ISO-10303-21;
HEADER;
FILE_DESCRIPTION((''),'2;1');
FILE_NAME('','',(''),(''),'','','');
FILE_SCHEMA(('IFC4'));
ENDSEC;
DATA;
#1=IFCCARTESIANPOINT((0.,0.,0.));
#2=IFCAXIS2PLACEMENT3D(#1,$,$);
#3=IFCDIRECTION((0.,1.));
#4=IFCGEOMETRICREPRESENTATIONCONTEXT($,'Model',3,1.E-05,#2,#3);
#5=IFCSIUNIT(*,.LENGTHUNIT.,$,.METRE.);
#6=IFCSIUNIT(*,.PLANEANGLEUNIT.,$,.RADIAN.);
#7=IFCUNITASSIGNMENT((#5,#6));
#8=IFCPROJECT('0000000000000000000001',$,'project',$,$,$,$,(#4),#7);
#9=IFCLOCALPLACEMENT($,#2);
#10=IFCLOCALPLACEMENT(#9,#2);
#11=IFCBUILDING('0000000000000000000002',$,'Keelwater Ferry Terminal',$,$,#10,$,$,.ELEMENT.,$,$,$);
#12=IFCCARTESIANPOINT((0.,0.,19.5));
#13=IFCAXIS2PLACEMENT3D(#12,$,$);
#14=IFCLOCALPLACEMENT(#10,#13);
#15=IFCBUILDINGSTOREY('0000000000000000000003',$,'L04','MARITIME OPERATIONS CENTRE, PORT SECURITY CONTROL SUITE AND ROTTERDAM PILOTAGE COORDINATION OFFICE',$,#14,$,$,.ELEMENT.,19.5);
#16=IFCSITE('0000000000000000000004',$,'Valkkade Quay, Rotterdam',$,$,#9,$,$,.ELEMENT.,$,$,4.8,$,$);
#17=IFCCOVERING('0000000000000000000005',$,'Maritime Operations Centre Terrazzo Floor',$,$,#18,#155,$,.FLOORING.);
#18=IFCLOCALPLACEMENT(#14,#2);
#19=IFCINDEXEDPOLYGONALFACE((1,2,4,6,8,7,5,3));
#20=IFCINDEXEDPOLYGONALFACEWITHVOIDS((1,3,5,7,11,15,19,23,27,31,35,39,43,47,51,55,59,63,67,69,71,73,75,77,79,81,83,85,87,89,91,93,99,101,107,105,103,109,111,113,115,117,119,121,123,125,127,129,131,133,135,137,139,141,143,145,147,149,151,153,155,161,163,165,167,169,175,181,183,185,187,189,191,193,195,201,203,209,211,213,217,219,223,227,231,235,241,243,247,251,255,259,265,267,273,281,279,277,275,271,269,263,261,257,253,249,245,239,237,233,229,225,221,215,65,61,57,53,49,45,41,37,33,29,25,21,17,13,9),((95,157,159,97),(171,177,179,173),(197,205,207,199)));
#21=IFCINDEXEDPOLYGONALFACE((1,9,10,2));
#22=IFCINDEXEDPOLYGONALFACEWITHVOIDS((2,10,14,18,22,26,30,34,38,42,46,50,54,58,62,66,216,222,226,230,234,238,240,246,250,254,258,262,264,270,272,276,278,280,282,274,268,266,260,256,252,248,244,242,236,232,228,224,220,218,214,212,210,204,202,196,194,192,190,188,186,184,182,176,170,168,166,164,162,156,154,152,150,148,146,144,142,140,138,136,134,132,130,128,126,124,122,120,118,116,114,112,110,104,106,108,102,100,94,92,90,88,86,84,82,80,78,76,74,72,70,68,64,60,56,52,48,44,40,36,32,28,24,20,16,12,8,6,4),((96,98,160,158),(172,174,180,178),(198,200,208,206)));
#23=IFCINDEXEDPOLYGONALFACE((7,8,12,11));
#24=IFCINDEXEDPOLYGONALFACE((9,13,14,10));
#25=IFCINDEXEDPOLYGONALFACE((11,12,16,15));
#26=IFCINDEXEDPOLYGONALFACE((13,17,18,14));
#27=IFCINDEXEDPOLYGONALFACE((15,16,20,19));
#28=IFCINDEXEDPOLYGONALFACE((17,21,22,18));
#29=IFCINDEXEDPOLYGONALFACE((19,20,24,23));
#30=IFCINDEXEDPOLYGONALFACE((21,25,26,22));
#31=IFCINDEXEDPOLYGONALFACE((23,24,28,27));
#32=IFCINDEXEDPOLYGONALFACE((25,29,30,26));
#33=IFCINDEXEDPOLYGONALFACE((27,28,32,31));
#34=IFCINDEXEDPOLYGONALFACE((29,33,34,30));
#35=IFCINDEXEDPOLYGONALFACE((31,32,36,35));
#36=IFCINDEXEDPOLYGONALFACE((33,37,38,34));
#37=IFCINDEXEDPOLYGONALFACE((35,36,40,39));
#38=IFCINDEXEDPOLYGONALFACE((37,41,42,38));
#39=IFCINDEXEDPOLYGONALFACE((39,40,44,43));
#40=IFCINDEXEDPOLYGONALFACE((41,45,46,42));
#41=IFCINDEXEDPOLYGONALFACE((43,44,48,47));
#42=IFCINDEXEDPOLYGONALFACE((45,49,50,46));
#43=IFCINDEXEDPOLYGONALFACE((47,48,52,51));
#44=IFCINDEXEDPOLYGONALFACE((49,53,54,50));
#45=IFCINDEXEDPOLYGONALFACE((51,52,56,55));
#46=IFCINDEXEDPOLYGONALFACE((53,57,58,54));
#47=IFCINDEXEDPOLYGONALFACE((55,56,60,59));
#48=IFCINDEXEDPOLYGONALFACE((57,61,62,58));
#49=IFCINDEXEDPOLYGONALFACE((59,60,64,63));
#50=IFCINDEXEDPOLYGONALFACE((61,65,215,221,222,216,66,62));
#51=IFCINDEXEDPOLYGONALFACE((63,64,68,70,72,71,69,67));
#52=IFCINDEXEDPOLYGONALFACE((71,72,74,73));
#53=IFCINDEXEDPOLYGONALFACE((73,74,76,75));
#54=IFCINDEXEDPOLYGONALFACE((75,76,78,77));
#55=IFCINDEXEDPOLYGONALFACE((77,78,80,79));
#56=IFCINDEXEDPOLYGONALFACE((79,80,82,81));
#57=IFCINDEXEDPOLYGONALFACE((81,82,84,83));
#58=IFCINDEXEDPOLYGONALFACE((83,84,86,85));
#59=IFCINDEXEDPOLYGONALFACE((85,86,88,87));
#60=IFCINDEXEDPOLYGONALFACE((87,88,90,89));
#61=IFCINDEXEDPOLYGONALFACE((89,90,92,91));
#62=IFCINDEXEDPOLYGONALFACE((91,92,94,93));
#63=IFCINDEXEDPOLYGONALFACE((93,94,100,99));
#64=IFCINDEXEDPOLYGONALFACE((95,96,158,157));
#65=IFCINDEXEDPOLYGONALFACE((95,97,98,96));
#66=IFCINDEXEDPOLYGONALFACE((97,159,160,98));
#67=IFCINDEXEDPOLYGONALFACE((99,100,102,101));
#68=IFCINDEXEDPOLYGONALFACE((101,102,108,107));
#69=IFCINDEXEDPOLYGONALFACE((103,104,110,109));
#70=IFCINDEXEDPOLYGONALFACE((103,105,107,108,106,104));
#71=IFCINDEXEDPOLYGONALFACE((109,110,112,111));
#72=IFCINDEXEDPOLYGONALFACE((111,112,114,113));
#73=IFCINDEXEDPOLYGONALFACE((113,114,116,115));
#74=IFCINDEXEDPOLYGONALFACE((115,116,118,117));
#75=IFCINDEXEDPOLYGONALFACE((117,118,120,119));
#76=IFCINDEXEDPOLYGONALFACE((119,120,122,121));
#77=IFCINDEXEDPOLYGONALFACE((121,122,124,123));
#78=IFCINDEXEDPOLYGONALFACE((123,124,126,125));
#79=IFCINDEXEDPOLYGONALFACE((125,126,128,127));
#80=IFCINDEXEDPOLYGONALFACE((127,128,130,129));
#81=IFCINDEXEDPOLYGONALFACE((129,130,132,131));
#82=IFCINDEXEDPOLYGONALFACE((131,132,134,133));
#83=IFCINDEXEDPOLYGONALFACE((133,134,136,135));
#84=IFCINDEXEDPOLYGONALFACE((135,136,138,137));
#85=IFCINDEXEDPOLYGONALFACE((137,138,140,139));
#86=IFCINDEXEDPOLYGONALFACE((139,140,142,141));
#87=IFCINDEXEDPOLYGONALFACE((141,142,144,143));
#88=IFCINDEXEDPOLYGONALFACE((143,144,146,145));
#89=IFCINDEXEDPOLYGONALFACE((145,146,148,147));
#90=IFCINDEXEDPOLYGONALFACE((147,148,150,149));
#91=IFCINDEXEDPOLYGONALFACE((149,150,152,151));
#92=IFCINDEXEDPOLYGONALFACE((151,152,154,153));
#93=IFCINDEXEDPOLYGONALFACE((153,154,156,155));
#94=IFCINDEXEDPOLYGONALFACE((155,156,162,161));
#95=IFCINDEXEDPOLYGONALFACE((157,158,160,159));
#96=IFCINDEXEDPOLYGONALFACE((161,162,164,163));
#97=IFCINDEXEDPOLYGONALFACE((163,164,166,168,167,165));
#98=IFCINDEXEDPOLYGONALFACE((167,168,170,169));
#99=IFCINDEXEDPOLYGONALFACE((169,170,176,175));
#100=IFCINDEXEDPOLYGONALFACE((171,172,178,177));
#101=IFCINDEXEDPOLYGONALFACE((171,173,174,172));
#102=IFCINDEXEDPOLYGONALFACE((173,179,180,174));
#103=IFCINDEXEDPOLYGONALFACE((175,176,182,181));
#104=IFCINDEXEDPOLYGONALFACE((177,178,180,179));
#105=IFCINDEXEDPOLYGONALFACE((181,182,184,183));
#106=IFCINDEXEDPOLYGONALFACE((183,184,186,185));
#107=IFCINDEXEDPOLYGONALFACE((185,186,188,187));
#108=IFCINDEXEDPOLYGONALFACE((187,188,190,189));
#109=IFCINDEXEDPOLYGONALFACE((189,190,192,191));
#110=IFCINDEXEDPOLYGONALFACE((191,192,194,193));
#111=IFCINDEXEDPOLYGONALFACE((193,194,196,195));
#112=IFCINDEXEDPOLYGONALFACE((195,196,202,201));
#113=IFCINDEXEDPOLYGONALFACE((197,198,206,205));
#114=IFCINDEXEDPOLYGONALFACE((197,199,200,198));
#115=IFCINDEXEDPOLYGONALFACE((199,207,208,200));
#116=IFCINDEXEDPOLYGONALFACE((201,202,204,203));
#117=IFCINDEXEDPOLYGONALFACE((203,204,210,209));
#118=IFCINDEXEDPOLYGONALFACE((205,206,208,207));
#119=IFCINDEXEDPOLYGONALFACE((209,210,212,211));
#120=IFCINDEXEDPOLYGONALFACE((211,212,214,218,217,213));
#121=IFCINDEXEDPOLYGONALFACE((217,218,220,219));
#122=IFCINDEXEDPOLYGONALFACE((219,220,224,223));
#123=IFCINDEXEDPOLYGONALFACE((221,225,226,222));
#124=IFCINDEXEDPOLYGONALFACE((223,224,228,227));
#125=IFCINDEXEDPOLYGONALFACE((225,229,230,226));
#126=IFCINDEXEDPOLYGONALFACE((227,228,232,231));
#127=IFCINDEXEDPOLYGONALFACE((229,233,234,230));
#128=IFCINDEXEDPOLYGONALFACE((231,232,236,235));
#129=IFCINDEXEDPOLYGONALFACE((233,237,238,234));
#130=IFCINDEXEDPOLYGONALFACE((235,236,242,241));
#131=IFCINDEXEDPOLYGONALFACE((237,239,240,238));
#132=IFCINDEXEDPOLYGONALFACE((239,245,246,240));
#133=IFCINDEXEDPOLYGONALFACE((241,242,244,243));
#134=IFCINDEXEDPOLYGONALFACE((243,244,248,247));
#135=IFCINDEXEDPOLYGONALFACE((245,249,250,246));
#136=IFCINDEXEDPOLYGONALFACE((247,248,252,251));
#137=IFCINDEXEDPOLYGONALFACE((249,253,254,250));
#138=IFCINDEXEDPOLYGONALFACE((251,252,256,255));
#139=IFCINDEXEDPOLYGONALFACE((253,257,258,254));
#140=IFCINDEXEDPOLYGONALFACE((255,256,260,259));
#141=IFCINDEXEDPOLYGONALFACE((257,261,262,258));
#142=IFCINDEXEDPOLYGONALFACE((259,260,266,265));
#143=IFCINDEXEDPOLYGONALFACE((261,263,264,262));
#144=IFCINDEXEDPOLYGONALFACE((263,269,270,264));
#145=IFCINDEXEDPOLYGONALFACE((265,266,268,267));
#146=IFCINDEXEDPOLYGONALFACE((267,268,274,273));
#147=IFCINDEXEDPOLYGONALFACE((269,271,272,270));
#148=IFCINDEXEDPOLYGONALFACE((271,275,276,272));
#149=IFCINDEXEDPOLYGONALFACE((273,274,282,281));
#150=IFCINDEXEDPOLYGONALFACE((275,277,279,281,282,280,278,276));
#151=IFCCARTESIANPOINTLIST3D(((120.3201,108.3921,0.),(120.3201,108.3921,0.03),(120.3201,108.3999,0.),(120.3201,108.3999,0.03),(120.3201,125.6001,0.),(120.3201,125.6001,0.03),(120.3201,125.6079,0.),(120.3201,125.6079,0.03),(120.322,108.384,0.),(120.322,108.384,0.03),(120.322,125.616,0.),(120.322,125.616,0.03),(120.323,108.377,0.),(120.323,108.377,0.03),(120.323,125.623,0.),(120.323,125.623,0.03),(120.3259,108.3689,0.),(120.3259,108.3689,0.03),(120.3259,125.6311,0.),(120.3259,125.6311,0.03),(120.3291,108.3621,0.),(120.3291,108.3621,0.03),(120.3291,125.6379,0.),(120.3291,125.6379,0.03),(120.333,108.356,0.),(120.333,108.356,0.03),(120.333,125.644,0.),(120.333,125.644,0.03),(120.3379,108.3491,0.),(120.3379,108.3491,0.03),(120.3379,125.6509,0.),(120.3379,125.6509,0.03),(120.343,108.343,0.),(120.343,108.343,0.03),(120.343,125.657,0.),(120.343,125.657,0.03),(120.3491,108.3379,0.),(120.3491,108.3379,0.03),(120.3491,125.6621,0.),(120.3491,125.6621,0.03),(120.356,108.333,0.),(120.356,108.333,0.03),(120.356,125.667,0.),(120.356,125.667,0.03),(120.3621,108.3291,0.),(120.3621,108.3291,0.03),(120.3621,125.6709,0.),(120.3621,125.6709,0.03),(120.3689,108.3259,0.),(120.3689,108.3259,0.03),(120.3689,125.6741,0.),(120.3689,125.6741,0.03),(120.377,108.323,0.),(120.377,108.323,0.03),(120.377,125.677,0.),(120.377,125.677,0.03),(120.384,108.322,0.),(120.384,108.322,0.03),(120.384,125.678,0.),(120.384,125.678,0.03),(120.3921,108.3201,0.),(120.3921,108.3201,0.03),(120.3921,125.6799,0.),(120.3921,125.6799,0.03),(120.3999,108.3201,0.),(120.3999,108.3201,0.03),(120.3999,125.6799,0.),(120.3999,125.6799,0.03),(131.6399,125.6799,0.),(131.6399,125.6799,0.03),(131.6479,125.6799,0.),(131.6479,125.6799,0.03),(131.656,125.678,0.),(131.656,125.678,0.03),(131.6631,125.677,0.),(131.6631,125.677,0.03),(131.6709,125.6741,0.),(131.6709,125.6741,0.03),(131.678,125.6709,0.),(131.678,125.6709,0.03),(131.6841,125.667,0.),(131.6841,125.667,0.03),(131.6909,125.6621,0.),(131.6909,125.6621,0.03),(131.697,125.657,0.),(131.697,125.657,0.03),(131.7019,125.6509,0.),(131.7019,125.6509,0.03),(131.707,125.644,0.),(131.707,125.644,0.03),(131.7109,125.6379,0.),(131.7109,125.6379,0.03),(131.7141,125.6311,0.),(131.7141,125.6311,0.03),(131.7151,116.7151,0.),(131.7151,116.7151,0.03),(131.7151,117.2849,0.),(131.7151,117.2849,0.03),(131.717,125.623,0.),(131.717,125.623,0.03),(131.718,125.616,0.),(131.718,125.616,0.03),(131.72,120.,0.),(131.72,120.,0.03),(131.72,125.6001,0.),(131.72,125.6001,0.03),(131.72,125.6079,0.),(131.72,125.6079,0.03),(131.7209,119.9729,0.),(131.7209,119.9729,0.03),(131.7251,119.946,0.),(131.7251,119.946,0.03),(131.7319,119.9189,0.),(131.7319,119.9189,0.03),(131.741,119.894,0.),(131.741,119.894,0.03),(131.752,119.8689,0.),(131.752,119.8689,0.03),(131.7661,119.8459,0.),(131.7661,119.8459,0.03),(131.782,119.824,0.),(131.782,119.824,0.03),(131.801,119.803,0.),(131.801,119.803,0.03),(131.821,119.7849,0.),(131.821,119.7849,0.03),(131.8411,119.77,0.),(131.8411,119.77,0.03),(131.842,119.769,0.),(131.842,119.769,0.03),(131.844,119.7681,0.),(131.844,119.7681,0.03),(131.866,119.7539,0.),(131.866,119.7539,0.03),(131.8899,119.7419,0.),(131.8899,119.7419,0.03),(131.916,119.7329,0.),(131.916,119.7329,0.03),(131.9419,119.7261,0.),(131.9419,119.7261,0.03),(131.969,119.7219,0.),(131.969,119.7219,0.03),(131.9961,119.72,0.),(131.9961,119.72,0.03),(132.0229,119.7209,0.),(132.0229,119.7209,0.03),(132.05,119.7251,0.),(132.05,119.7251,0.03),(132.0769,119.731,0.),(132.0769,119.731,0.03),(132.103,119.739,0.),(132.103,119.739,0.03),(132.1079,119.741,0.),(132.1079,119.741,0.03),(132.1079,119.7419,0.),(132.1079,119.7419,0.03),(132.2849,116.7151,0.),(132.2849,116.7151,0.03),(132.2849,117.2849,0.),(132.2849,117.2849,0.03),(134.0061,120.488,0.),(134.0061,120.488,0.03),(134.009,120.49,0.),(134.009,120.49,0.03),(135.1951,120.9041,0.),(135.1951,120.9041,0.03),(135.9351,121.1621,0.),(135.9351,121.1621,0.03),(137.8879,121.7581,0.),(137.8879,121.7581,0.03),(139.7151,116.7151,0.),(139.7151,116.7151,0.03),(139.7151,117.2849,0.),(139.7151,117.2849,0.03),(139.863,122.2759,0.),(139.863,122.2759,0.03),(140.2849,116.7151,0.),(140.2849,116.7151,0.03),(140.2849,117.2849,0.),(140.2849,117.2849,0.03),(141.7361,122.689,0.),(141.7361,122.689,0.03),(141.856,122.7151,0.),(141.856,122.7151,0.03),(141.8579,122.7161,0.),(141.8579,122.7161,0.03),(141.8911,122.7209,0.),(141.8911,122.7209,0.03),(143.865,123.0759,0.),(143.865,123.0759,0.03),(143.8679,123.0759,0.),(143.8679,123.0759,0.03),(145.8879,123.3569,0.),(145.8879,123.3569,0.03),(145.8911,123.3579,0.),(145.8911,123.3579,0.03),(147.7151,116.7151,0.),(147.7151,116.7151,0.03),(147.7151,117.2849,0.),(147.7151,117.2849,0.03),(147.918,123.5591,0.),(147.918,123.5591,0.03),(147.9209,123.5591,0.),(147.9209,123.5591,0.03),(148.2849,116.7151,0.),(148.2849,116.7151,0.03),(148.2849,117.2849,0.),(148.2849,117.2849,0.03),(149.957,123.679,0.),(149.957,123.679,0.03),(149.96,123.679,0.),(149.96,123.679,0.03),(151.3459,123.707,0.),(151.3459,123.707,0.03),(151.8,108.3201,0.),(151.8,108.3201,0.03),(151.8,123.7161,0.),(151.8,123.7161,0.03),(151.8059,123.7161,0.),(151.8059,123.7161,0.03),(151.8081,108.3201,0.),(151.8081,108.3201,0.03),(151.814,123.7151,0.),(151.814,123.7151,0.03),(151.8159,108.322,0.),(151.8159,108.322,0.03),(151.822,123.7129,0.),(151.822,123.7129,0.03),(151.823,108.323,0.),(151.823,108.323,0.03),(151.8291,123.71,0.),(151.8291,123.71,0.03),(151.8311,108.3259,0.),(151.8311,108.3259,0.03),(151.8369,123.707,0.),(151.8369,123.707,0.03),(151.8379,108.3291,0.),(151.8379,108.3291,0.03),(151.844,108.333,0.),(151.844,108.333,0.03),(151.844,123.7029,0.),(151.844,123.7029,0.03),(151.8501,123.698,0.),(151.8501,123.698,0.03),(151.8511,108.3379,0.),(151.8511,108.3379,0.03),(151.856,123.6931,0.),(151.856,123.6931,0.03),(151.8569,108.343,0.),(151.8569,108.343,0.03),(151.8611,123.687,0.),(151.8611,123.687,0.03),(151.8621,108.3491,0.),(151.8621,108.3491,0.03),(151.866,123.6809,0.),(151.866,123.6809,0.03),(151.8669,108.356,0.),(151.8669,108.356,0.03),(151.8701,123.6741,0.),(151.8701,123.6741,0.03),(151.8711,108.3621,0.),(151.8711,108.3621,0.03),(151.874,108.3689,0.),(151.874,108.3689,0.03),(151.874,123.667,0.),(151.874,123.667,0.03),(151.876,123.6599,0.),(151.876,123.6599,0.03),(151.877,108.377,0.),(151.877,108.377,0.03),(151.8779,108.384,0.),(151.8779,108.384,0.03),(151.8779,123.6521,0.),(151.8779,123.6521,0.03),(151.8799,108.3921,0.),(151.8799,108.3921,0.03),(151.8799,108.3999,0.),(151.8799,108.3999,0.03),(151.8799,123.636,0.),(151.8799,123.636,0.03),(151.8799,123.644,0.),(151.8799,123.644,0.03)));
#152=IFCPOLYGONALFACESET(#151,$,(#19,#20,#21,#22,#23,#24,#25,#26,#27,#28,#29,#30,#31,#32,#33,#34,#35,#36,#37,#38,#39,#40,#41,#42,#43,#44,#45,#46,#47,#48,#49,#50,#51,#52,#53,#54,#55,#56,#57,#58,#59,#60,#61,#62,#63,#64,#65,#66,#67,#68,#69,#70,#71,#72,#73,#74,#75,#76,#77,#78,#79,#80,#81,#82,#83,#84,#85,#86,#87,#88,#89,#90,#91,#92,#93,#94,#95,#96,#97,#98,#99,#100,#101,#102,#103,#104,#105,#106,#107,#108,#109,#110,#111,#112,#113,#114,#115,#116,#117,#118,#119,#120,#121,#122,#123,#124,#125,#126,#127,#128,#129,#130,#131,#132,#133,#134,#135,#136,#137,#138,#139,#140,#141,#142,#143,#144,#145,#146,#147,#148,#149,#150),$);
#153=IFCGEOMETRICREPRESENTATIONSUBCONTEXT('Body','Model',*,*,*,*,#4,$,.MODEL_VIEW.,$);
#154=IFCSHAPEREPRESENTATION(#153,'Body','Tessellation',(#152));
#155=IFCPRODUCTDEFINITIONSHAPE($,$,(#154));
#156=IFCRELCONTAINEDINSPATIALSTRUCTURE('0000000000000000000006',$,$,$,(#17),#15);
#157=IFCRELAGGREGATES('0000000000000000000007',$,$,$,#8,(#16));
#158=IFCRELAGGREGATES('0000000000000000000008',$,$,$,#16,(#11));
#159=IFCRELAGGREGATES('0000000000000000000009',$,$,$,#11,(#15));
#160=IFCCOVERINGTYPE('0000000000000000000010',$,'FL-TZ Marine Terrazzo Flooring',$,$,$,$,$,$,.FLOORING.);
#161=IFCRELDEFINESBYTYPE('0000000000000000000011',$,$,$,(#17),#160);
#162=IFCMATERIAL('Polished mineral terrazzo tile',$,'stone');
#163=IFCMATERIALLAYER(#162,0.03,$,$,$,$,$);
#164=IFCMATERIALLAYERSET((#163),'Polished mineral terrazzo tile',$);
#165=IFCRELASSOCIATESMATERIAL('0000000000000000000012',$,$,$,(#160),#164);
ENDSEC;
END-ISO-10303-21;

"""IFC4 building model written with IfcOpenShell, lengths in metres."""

from ifc_helpers import new_model, si_unit, direction, frame, origin, place, context, subcontext, project, spatial, polyline, outline, extrude, material, layer, layer_set, type_object, element, save


model = new_model("IFC4")

# Units and contexts
model_context = context("Model", 3, precision=1e-05, world=origin(), true_north=direction((0.0, 1.0)))
body_context = subcontext(model_context, "Body", "Model", "MODEL_VIEW")
ifc_project = project(units=[si_unit("LENGTHUNIT", "METRE"), si_unit("PLANEANGLEUNIT", "RADIAN")], contexts=[model_context])

# Site, building, storey
site_placement = place(None, origin())
site = spatial("IfcSite", under=ifc_project, at=site_placement, Name="Valkkade Quay, Rotterdam", CompositionType="ELEMENT", RefElevation=4.8)
building_placement = place(site_placement, origin())
building = spatial("IfcBuilding", under=site, at=building_placement, Name="Keelwater Ferry Terminal", CompositionType="ELEMENT")
storey_placement = place(building_placement, frame((0.0, 0.0, 19.5)))
storey = spatial("IfcBuildingStorey", under=building, at=storey_placement, Name="L04", Description="MARITIME OPERATIONS CENTRE, PORT SECURITY CONTROL SUITE AND ROTTERDAM PILOTAGE COORDINATION OFFICE", CompositionType="ELEMENT", Elevation=19.5)

# Covering
ifc_material_1 = material(Name="Polished mineral terrazzo tile", Category="stone")
ifc_layer_1 = layer(ifc_material_1, 0.03)
ifc_layer_set_1 = layer_set([ifc_layer_1], Name="Polished mineral terrazzo tile")
covering_type_1 = type_object("IfcCoveringType", Name="FL-TZ Marine Terrazzo Flooring", PredefinedType="FLOORING", material=ifc_layer_set_1)
covering_1_placement = place(storey_placement, origin())
element("IfcCovering", 1, at=covering_1_placement, inside=storey, type_object=covering_type_1, Name="Maritime Operations Centre Terrazzo Floor", PredefinedType="FLOORING", context=body_context, shape_type="SweptSolid", body=[
    extrude(outline(polyline([(131.656, 125.678), (131.6631, 125.677), (131.6709, 125.6741), (131.678, 125.6709), (131.6841, 125.667), (131.6909, 125.6621), (131.697, 125.657), (131.7019, 125.6509), (131.707, 125.644), (131.7109, 125.6379), (131.7141, 125.6311), (131.717, 125.623), (131.718, 125.616), (131.72, 125.6079), (131.72, 125.6001), (131.72, 125.6001), (131.72, 120.0), (131.7209, 119.9729), (131.7251, 119.946), (131.7319, 119.9189), (131.741, 119.894), (131.752, 119.8689), (131.7661, 119.8459), (131.782, 119.824), (131.801, 119.803), (131.821, 119.7849), (131.8411, 119.77), (131.842, 119.769), (131.844, 119.7681), (131.866, 119.7539), (131.8899, 119.7419), (131.916, 119.7329), (131.9419, 119.7261), (131.969, 119.7219), (131.9961, 119.72), (132.0229, 119.7209), (132.05, 119.7251), (132.0769, 119.731), (132.103, 119.739), (132.1079, 119.741), (132.1079, 119.7419), (134.0061, 120.488), (134.009, 120.49), (135.1951, 120.9041), (135.9351, 121.1621), (137.8879, 121.7581), (139.863, 122.2759), (141.7361, 122.689), (141.856, 122.7151), (141.8579, 122.7161), (141.8911, 122.7209), (143.865, 123.0759), (143.8679, 123.0759), (145.8879, 123.3569), (145.8911, 123.3579), (147.918, 123.5591), (147.9209, 123.5591), (149.957, 123.679), (149.96, 123.679), (151.3459, 123.707), (151.8, 123.7161), (151.8059, 123.7161), (151.814, 123.7151), (151.822, 123.7129), (151.8291, 123.71), (151.8369, 123.707), (151.844, 123.7029), (151.8501, 123.698), (151.856, 123.6931), (151.8611, 123.687), (151.866, 123.6809), (151.8701, 123.6741), (151.874, 123.667), (151.876, 123.6599), (151.8779, 123.6521), (151.8799, 123.644), (151.8799, 123.636), (151.8799, 108.3999), (151.8799, 108.3921), (151.8779, 108.384), (151.877, 108.377), (151.874, 108.3689), (151.8711, 108.3621), (151.8669, 108.356), (151.8621, 108.3491), (151.8569, 108.343), (151.8511, 108.3379), (151.844, 108.333), (151.8379, 108.3291), (151.8311, 108.3259), (151.823, 108.323), (151.8159, 108.322), (151.8081, 108.3201), (151.8, 108.3201), (120.3999, 108.3201), (120.3921, 108.3201), (120.384, 108.322), (120.377, 108.323), (120.3689, 108.3259), (120.3621, 108.3291), (120.356, 108.333), (120.3491, 108.3379), (120.343, 108.343), (120.3379, 108.3491), (120.333, 108.356), (120.3291, 108.3621), (120.3259, 108.3689), (120.323, 108.377), (120.322, 108.384), (120.3201, 108.3921), (120.3201, 108.3999), (120.3201, 125.6001), (120.3201, 125.6079), (120.322, 125.616), (120.323, 125.623), (120.3259, 125.6311), (120.3291, 125.6379), (120.333, 125.644), (120.3379, 125.6509), (120.343, 125.657), (120.3491, 125.6621), (120.356, 125.667), (120.3621, 125.6709), (120.3689, 125.6741), (120.377, 125.677), (120.384, 125.678), (120.3921, 125.6799), (120.3999, 125.6799), (131.6399, 125.6799), (131.6479, 125.6799), (131.656, 125.678)]), holes=[polyline([(132.2849, 116.7151), (132.2849, 117.2849), (131.7151, 117.2849), (131.7151, 116.7151), (132.2849, 116.7151)]), polyline([(139.7151, 116.7151), (140.2849, 116.7151), (140.2849, 117.2849), (139.7151, 117.2849), (139.7151, 116.7151)]), polyline([(147.7151, 116.7151), (148.2849, 116.7151), (148.2849, 117.2849), (147.7151, 117.2849), (147.7151, 116.7151)])]), origin(), (0.0, 0.0, 1.0), 0.03),
])

save(model, "model.ifc")
